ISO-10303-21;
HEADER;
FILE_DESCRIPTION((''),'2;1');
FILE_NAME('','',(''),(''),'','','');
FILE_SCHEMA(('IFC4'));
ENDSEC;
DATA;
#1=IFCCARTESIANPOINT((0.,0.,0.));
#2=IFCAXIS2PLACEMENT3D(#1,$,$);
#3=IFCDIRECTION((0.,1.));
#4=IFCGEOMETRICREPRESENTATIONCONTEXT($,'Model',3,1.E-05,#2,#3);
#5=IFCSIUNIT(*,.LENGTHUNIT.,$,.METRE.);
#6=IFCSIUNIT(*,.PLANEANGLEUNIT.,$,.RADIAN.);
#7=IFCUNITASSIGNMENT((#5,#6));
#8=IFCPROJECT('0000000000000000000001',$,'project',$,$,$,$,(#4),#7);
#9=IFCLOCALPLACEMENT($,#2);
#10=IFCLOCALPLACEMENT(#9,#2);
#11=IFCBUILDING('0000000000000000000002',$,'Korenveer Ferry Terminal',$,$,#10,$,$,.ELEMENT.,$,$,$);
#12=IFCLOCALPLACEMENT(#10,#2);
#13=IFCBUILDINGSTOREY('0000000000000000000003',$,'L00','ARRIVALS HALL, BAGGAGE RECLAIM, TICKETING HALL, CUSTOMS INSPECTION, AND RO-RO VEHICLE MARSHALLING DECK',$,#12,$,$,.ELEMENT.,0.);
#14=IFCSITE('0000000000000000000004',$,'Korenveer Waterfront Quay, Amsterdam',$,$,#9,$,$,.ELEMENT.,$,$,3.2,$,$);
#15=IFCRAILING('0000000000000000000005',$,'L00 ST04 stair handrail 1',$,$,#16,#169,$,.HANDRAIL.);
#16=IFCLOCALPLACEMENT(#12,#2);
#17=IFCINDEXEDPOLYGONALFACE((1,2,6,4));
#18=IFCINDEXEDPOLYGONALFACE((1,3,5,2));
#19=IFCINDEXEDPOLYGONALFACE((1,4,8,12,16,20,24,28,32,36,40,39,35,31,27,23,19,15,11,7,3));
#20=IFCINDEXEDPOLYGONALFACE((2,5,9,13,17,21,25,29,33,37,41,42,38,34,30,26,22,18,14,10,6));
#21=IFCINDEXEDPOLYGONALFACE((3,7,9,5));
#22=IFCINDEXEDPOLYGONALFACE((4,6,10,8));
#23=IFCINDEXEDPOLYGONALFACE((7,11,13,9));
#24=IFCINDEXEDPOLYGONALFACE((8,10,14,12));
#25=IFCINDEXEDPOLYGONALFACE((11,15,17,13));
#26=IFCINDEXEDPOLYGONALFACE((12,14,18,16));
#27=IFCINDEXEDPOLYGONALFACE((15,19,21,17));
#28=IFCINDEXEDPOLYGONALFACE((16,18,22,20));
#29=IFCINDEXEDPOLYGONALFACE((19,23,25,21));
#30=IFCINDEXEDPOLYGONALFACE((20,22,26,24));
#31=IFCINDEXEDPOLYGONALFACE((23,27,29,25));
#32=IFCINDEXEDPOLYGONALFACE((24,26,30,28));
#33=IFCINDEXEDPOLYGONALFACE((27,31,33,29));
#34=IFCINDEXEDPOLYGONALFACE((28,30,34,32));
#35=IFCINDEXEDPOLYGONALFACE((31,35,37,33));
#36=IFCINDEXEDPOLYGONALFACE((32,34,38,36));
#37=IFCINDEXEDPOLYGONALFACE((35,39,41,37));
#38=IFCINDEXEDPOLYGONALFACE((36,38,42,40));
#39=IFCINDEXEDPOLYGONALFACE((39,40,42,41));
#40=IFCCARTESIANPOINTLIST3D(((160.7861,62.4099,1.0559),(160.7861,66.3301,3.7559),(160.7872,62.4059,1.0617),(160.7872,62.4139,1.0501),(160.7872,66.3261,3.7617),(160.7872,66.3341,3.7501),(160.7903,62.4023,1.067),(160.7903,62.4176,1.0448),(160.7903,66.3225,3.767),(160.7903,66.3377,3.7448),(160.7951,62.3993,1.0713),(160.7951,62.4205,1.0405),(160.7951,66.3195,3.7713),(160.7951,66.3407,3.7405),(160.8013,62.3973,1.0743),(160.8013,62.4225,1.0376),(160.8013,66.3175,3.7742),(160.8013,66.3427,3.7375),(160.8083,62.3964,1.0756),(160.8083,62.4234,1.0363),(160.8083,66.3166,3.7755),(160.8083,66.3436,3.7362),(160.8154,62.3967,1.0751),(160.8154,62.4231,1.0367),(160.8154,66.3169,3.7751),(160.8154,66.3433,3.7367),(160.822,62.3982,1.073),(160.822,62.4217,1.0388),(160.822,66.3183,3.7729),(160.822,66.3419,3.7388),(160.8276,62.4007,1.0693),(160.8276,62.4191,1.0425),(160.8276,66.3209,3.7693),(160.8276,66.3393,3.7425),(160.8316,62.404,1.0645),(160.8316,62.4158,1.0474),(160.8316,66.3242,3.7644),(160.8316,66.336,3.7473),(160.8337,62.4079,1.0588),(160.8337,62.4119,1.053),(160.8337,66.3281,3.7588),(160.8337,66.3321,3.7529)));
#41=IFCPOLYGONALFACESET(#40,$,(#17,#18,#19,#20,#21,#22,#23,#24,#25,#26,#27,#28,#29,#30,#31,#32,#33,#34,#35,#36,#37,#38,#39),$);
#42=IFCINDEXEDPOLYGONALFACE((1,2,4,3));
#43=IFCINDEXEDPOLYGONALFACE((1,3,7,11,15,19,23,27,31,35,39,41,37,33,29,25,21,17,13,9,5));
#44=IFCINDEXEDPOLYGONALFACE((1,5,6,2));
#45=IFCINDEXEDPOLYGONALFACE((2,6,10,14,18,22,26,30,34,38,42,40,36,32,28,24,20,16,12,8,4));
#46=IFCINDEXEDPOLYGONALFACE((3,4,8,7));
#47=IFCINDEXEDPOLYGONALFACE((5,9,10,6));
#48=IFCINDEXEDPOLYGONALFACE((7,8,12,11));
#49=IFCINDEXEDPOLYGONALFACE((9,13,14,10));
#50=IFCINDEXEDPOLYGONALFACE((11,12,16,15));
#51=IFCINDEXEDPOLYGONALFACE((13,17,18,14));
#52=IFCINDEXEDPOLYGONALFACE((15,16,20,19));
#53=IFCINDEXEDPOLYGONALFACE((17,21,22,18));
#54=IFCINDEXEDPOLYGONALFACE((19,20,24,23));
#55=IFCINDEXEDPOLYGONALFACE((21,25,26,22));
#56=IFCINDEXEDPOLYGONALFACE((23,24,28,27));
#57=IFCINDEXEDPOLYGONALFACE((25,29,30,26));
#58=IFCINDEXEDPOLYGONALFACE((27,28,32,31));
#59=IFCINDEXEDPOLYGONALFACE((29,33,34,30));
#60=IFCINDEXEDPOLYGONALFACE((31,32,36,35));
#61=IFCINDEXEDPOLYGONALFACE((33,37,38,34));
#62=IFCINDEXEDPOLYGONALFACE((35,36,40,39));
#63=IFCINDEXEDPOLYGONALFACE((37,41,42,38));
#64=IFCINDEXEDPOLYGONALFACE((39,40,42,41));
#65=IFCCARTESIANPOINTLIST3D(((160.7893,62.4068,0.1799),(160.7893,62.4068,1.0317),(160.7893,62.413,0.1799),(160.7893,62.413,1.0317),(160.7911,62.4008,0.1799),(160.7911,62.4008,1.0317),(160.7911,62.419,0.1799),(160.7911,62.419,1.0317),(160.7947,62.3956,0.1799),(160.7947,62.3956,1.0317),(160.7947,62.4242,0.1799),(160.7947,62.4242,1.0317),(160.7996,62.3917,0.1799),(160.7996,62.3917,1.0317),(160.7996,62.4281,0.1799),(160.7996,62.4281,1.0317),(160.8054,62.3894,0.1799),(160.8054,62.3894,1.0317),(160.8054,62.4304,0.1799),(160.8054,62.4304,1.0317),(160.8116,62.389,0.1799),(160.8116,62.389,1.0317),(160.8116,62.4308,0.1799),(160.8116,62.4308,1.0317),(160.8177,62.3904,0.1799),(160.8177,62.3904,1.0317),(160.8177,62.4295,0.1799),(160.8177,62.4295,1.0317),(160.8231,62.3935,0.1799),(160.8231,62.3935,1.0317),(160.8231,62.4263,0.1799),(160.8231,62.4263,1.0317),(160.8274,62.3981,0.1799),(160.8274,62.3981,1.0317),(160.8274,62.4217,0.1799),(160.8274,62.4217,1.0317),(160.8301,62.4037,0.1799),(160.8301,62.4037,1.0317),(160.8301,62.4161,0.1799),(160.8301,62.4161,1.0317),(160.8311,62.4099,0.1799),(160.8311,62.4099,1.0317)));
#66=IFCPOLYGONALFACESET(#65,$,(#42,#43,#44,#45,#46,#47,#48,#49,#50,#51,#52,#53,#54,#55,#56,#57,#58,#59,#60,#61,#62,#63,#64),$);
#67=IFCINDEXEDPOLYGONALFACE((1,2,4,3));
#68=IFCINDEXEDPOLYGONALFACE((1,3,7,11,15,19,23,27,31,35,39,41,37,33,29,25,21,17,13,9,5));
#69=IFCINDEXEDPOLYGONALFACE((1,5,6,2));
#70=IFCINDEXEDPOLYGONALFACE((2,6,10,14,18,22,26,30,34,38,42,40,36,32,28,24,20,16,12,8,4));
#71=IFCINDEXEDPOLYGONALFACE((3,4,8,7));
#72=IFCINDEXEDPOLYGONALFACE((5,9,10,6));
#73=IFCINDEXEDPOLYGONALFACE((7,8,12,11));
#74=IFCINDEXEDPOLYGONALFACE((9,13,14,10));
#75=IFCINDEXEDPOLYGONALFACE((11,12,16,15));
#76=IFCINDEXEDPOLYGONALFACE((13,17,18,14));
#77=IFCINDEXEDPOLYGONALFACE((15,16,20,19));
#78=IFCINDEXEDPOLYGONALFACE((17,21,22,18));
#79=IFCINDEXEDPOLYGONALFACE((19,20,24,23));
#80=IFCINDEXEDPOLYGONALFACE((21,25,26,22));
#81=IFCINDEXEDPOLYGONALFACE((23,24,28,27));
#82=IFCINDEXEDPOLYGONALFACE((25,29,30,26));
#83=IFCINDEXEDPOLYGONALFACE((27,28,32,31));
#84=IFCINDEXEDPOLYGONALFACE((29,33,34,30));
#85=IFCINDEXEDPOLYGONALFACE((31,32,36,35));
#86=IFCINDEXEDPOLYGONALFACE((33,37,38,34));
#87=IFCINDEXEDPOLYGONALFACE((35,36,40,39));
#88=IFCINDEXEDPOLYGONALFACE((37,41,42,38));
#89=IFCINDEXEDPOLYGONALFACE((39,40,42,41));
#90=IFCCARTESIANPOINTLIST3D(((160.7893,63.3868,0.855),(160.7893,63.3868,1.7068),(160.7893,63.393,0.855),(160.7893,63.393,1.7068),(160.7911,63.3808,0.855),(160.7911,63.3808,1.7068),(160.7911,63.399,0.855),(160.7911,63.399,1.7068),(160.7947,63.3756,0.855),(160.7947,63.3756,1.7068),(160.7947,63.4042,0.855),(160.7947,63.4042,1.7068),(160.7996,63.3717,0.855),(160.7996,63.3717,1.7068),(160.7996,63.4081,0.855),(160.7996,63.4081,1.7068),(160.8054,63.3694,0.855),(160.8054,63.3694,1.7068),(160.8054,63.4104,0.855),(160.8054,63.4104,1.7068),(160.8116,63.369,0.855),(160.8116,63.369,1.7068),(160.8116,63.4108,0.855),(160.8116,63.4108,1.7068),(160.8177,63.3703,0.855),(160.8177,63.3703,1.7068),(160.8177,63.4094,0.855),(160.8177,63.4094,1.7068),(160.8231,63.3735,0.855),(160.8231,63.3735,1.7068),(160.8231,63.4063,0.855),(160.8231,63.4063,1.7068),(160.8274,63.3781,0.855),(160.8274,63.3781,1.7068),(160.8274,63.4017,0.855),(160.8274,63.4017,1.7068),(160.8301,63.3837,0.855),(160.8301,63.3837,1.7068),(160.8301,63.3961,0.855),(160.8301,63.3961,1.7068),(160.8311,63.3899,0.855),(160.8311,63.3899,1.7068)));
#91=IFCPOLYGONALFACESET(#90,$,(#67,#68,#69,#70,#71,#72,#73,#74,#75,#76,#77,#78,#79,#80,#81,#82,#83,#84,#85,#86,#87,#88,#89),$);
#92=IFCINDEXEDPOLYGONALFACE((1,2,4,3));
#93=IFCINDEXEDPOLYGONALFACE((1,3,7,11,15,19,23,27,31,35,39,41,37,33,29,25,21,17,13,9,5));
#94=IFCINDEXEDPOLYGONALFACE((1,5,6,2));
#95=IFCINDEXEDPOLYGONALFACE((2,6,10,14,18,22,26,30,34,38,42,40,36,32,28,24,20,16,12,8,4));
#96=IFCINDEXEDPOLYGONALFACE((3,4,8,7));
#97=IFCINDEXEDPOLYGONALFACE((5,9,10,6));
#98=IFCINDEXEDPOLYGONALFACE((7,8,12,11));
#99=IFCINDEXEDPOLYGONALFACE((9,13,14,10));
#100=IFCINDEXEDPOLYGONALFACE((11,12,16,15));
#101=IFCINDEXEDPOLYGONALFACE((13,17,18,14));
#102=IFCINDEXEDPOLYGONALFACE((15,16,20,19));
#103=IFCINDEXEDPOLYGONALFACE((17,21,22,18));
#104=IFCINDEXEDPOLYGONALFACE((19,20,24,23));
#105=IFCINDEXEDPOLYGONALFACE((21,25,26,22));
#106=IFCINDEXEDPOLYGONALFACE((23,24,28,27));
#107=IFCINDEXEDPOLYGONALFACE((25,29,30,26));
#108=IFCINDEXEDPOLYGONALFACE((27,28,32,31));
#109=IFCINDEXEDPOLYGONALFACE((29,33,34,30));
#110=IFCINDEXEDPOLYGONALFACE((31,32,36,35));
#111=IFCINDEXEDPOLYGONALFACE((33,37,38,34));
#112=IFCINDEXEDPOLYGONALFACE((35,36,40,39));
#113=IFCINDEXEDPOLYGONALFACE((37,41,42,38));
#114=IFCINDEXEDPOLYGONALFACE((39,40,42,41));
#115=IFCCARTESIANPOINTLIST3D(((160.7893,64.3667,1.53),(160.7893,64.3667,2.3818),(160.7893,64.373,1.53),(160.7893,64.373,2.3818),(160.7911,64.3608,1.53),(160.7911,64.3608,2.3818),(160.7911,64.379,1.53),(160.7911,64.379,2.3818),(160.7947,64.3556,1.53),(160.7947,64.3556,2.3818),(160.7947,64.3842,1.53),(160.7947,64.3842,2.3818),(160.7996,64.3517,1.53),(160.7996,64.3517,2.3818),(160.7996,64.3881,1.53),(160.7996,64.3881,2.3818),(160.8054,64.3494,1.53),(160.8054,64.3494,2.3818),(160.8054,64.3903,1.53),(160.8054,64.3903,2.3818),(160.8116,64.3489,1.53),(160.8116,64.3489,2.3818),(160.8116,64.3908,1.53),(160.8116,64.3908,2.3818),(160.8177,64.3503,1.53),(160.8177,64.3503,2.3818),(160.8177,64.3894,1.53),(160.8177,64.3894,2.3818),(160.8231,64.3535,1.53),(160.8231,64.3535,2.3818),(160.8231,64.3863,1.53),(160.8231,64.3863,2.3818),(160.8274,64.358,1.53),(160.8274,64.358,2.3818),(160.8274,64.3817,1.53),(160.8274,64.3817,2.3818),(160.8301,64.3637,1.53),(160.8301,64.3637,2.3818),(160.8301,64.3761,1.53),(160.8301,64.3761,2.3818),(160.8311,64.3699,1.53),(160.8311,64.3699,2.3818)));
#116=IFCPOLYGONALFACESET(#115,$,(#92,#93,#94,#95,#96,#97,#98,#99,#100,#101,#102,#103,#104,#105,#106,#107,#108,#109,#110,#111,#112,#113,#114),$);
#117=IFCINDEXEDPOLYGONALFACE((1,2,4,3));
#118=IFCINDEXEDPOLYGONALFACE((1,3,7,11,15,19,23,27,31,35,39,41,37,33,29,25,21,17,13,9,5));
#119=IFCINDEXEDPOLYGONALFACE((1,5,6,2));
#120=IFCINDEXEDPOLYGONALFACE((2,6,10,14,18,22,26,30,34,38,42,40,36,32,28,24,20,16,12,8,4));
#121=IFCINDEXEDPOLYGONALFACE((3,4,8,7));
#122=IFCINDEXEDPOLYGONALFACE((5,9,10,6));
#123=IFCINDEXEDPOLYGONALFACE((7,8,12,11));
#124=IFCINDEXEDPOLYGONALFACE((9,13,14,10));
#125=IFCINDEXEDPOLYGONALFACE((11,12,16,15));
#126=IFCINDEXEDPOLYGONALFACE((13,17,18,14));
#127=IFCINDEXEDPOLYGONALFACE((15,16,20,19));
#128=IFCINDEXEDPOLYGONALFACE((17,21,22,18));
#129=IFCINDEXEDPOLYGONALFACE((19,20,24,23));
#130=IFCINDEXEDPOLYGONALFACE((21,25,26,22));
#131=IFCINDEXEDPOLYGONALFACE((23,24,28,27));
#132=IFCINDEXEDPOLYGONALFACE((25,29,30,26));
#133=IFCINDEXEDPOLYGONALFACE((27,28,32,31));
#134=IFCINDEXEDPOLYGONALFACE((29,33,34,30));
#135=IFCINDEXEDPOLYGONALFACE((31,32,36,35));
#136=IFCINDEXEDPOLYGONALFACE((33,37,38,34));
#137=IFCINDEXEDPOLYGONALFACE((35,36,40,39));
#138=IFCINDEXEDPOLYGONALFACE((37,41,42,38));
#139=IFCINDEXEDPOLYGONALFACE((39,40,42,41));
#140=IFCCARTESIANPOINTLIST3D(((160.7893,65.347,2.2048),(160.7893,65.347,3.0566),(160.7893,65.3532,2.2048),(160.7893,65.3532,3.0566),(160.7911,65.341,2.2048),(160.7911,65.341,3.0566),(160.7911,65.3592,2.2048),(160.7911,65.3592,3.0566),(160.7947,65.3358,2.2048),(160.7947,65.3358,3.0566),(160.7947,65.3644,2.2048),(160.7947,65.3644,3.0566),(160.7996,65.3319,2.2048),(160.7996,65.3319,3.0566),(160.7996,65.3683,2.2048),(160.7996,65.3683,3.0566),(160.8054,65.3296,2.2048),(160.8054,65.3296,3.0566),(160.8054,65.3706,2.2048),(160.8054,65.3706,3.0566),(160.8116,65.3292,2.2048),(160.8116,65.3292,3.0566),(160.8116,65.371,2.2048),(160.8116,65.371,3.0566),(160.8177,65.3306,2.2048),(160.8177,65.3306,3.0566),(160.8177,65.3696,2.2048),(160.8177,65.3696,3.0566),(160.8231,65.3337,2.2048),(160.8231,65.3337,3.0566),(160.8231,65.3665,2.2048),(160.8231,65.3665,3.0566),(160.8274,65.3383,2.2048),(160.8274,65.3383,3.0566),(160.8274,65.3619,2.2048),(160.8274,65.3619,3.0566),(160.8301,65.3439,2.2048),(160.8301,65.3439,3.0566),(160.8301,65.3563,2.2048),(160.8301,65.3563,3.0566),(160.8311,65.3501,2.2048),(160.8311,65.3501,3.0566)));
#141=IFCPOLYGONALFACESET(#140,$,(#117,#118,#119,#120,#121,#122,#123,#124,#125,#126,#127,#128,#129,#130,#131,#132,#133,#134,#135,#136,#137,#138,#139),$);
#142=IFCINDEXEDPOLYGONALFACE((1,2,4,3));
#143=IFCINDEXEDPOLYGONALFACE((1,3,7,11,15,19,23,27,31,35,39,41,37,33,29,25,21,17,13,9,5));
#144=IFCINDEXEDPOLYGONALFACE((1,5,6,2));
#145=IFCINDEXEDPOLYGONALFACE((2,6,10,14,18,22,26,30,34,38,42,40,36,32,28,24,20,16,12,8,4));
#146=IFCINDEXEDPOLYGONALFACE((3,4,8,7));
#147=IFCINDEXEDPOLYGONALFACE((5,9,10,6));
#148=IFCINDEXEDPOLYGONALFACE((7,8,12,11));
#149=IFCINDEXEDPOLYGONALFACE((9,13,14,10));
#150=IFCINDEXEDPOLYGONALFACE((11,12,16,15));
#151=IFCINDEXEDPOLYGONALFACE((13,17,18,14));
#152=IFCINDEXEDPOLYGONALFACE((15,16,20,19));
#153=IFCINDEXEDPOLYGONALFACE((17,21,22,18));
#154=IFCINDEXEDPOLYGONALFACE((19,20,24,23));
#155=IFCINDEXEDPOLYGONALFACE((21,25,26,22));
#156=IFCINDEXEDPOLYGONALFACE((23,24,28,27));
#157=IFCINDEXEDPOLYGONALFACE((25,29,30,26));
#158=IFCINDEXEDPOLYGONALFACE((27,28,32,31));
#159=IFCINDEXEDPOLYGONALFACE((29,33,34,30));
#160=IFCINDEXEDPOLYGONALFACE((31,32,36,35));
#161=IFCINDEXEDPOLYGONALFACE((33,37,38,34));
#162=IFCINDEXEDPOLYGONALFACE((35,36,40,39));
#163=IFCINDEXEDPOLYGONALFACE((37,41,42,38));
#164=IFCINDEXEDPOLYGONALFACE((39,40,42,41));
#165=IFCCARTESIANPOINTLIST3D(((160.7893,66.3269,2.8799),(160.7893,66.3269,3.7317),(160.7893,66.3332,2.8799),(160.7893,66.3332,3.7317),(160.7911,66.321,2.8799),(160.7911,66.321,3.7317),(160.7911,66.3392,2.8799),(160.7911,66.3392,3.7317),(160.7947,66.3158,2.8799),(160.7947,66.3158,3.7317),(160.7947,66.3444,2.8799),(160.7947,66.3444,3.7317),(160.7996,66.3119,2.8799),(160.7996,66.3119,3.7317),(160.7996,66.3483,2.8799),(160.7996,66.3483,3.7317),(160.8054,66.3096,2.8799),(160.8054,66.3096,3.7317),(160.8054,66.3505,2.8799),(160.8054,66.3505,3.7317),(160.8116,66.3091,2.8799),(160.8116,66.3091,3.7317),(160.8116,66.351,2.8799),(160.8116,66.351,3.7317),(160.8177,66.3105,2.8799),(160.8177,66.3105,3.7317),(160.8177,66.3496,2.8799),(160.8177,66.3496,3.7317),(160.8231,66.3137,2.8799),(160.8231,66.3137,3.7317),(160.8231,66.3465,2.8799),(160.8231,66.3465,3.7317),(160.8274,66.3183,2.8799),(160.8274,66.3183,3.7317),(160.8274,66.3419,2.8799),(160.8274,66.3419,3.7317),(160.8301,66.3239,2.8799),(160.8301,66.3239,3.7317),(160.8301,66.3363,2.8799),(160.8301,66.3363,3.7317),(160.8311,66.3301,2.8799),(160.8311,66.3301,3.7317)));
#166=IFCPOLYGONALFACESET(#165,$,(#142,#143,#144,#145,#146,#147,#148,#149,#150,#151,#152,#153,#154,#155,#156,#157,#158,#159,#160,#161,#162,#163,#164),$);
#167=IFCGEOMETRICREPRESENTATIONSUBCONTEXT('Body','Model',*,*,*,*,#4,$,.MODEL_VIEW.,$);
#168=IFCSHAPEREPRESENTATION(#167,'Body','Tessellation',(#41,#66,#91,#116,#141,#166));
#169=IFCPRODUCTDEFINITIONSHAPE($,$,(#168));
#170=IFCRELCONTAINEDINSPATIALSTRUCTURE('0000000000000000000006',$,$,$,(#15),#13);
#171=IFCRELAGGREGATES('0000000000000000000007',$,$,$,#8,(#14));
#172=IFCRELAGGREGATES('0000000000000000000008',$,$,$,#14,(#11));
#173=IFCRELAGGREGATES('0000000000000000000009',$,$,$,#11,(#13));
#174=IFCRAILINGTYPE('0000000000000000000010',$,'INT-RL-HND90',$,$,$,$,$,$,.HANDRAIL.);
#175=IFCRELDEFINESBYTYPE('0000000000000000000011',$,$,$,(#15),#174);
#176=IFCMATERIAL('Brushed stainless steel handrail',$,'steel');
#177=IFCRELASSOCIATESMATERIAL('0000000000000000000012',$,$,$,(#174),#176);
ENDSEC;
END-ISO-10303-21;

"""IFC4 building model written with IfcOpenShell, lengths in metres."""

from ifc_helpers import new_model, si_unit, direction, frame, origin, origin_2d, place, context, subcontext, project, spatial, circle, extrude, material, type_object, element, save


model = new_model("IFC4")

# Units and contexts
model_context = context("Model", 3, precision=1e-05, world=origin(), true_north=direction((0.0, 1.0)))
body_context = subcontext(model_context, "Body", "Model", "MODEL_VIEW")
ifc_project = project(units=[si_unit("LENGTHUNIT", "METRE"), si_unit("PLANEANGLEUNIT", "RADIAN")], contexts=[model_context])

# Site, building, storey
site_placement = place(None, origin())
site = spatial("IfcSite", under=ifc_project, at=site_placement, Name="Korenveer Waterfront Quay, Amsterdam", CompositionType="ELEMENT", RefElevation=3.2)
building_placement = place(site_placement, origin())
building = spatial("IfcBuilding", under=site, at=building_placement, Name="Korenveer Ferry Terminal", CompositionType="ELEMENT")
storey_placement = place(building_placement, origin())
storey = spatial("IfcBuildingStorey", under=building, at=storey_placement, Name="L00", Description="ARRIVALS HALL, BAGGAGE RECLAIM, TICKETING HALL, CUSTOMS INSPECTION, AND RO-RO VEHICLE MARSHALLING DECK", CompositionType="ELEMENT", Elevation=0.0)

# Railing
ifc_material_1 = material(Name="Brushed stainless steel handrail", Category="steel")
railing_type_1 = type_object("IfcRailingType", Name="INT-RL-HND90", PredefinedType="HANDRAIL", material=ifc_material_1)
railing_1_placement = place(storey_placement, frame((160.8101, 62.4099, 0.1799)))
element("IfcRailing", 1, at=railing_1_placement, inside=storey, type_object=railing_type_1, Name="L00 ST04 stair handrail 1", PredefinedType="HANDRAIL", context=body_context, shape_type="SweptSolid", body=[
    extrude(circle(Radius=0.0239, at=origin_2d()), frame((0.0, 0.0, 0.876), z_axis=(0.0, 0.823567, 0.567219), x_axis=(-1.0, 0.0, 0.0)), (0.0, 0.0, 1.0), 4.76),
    extrude(circle(Radius=0.021, at=origin_2d()), origin(), (0.0, 0.0, 1.0), 0.8518),
    extrude(circle(Radius=0.021, at=origin_2d()), frame((0.0, 0.98, 0.675)), (0.0, 0.0, 1.0), 0.8518),
    extrude(circle(Radius=0.021, at=origin_2d()), frame((0.0, 1.96, 1.3501)), (0.0, 0.0, 1.0), 0.8518),
    extrude(circle(Radius=0.021, at=origin_2d()), frame((0.0, 2.9402, 2.0249)), (0.0, 0.0, 1.0), 0.8518),
    extrude(circle(Radius=0.021, at=origin_2d()), frame((0.0, 3.9202, 2.7)), (0.0, 0.0, 1.0), 0.8518),
])

save(model, "model.ifc")
